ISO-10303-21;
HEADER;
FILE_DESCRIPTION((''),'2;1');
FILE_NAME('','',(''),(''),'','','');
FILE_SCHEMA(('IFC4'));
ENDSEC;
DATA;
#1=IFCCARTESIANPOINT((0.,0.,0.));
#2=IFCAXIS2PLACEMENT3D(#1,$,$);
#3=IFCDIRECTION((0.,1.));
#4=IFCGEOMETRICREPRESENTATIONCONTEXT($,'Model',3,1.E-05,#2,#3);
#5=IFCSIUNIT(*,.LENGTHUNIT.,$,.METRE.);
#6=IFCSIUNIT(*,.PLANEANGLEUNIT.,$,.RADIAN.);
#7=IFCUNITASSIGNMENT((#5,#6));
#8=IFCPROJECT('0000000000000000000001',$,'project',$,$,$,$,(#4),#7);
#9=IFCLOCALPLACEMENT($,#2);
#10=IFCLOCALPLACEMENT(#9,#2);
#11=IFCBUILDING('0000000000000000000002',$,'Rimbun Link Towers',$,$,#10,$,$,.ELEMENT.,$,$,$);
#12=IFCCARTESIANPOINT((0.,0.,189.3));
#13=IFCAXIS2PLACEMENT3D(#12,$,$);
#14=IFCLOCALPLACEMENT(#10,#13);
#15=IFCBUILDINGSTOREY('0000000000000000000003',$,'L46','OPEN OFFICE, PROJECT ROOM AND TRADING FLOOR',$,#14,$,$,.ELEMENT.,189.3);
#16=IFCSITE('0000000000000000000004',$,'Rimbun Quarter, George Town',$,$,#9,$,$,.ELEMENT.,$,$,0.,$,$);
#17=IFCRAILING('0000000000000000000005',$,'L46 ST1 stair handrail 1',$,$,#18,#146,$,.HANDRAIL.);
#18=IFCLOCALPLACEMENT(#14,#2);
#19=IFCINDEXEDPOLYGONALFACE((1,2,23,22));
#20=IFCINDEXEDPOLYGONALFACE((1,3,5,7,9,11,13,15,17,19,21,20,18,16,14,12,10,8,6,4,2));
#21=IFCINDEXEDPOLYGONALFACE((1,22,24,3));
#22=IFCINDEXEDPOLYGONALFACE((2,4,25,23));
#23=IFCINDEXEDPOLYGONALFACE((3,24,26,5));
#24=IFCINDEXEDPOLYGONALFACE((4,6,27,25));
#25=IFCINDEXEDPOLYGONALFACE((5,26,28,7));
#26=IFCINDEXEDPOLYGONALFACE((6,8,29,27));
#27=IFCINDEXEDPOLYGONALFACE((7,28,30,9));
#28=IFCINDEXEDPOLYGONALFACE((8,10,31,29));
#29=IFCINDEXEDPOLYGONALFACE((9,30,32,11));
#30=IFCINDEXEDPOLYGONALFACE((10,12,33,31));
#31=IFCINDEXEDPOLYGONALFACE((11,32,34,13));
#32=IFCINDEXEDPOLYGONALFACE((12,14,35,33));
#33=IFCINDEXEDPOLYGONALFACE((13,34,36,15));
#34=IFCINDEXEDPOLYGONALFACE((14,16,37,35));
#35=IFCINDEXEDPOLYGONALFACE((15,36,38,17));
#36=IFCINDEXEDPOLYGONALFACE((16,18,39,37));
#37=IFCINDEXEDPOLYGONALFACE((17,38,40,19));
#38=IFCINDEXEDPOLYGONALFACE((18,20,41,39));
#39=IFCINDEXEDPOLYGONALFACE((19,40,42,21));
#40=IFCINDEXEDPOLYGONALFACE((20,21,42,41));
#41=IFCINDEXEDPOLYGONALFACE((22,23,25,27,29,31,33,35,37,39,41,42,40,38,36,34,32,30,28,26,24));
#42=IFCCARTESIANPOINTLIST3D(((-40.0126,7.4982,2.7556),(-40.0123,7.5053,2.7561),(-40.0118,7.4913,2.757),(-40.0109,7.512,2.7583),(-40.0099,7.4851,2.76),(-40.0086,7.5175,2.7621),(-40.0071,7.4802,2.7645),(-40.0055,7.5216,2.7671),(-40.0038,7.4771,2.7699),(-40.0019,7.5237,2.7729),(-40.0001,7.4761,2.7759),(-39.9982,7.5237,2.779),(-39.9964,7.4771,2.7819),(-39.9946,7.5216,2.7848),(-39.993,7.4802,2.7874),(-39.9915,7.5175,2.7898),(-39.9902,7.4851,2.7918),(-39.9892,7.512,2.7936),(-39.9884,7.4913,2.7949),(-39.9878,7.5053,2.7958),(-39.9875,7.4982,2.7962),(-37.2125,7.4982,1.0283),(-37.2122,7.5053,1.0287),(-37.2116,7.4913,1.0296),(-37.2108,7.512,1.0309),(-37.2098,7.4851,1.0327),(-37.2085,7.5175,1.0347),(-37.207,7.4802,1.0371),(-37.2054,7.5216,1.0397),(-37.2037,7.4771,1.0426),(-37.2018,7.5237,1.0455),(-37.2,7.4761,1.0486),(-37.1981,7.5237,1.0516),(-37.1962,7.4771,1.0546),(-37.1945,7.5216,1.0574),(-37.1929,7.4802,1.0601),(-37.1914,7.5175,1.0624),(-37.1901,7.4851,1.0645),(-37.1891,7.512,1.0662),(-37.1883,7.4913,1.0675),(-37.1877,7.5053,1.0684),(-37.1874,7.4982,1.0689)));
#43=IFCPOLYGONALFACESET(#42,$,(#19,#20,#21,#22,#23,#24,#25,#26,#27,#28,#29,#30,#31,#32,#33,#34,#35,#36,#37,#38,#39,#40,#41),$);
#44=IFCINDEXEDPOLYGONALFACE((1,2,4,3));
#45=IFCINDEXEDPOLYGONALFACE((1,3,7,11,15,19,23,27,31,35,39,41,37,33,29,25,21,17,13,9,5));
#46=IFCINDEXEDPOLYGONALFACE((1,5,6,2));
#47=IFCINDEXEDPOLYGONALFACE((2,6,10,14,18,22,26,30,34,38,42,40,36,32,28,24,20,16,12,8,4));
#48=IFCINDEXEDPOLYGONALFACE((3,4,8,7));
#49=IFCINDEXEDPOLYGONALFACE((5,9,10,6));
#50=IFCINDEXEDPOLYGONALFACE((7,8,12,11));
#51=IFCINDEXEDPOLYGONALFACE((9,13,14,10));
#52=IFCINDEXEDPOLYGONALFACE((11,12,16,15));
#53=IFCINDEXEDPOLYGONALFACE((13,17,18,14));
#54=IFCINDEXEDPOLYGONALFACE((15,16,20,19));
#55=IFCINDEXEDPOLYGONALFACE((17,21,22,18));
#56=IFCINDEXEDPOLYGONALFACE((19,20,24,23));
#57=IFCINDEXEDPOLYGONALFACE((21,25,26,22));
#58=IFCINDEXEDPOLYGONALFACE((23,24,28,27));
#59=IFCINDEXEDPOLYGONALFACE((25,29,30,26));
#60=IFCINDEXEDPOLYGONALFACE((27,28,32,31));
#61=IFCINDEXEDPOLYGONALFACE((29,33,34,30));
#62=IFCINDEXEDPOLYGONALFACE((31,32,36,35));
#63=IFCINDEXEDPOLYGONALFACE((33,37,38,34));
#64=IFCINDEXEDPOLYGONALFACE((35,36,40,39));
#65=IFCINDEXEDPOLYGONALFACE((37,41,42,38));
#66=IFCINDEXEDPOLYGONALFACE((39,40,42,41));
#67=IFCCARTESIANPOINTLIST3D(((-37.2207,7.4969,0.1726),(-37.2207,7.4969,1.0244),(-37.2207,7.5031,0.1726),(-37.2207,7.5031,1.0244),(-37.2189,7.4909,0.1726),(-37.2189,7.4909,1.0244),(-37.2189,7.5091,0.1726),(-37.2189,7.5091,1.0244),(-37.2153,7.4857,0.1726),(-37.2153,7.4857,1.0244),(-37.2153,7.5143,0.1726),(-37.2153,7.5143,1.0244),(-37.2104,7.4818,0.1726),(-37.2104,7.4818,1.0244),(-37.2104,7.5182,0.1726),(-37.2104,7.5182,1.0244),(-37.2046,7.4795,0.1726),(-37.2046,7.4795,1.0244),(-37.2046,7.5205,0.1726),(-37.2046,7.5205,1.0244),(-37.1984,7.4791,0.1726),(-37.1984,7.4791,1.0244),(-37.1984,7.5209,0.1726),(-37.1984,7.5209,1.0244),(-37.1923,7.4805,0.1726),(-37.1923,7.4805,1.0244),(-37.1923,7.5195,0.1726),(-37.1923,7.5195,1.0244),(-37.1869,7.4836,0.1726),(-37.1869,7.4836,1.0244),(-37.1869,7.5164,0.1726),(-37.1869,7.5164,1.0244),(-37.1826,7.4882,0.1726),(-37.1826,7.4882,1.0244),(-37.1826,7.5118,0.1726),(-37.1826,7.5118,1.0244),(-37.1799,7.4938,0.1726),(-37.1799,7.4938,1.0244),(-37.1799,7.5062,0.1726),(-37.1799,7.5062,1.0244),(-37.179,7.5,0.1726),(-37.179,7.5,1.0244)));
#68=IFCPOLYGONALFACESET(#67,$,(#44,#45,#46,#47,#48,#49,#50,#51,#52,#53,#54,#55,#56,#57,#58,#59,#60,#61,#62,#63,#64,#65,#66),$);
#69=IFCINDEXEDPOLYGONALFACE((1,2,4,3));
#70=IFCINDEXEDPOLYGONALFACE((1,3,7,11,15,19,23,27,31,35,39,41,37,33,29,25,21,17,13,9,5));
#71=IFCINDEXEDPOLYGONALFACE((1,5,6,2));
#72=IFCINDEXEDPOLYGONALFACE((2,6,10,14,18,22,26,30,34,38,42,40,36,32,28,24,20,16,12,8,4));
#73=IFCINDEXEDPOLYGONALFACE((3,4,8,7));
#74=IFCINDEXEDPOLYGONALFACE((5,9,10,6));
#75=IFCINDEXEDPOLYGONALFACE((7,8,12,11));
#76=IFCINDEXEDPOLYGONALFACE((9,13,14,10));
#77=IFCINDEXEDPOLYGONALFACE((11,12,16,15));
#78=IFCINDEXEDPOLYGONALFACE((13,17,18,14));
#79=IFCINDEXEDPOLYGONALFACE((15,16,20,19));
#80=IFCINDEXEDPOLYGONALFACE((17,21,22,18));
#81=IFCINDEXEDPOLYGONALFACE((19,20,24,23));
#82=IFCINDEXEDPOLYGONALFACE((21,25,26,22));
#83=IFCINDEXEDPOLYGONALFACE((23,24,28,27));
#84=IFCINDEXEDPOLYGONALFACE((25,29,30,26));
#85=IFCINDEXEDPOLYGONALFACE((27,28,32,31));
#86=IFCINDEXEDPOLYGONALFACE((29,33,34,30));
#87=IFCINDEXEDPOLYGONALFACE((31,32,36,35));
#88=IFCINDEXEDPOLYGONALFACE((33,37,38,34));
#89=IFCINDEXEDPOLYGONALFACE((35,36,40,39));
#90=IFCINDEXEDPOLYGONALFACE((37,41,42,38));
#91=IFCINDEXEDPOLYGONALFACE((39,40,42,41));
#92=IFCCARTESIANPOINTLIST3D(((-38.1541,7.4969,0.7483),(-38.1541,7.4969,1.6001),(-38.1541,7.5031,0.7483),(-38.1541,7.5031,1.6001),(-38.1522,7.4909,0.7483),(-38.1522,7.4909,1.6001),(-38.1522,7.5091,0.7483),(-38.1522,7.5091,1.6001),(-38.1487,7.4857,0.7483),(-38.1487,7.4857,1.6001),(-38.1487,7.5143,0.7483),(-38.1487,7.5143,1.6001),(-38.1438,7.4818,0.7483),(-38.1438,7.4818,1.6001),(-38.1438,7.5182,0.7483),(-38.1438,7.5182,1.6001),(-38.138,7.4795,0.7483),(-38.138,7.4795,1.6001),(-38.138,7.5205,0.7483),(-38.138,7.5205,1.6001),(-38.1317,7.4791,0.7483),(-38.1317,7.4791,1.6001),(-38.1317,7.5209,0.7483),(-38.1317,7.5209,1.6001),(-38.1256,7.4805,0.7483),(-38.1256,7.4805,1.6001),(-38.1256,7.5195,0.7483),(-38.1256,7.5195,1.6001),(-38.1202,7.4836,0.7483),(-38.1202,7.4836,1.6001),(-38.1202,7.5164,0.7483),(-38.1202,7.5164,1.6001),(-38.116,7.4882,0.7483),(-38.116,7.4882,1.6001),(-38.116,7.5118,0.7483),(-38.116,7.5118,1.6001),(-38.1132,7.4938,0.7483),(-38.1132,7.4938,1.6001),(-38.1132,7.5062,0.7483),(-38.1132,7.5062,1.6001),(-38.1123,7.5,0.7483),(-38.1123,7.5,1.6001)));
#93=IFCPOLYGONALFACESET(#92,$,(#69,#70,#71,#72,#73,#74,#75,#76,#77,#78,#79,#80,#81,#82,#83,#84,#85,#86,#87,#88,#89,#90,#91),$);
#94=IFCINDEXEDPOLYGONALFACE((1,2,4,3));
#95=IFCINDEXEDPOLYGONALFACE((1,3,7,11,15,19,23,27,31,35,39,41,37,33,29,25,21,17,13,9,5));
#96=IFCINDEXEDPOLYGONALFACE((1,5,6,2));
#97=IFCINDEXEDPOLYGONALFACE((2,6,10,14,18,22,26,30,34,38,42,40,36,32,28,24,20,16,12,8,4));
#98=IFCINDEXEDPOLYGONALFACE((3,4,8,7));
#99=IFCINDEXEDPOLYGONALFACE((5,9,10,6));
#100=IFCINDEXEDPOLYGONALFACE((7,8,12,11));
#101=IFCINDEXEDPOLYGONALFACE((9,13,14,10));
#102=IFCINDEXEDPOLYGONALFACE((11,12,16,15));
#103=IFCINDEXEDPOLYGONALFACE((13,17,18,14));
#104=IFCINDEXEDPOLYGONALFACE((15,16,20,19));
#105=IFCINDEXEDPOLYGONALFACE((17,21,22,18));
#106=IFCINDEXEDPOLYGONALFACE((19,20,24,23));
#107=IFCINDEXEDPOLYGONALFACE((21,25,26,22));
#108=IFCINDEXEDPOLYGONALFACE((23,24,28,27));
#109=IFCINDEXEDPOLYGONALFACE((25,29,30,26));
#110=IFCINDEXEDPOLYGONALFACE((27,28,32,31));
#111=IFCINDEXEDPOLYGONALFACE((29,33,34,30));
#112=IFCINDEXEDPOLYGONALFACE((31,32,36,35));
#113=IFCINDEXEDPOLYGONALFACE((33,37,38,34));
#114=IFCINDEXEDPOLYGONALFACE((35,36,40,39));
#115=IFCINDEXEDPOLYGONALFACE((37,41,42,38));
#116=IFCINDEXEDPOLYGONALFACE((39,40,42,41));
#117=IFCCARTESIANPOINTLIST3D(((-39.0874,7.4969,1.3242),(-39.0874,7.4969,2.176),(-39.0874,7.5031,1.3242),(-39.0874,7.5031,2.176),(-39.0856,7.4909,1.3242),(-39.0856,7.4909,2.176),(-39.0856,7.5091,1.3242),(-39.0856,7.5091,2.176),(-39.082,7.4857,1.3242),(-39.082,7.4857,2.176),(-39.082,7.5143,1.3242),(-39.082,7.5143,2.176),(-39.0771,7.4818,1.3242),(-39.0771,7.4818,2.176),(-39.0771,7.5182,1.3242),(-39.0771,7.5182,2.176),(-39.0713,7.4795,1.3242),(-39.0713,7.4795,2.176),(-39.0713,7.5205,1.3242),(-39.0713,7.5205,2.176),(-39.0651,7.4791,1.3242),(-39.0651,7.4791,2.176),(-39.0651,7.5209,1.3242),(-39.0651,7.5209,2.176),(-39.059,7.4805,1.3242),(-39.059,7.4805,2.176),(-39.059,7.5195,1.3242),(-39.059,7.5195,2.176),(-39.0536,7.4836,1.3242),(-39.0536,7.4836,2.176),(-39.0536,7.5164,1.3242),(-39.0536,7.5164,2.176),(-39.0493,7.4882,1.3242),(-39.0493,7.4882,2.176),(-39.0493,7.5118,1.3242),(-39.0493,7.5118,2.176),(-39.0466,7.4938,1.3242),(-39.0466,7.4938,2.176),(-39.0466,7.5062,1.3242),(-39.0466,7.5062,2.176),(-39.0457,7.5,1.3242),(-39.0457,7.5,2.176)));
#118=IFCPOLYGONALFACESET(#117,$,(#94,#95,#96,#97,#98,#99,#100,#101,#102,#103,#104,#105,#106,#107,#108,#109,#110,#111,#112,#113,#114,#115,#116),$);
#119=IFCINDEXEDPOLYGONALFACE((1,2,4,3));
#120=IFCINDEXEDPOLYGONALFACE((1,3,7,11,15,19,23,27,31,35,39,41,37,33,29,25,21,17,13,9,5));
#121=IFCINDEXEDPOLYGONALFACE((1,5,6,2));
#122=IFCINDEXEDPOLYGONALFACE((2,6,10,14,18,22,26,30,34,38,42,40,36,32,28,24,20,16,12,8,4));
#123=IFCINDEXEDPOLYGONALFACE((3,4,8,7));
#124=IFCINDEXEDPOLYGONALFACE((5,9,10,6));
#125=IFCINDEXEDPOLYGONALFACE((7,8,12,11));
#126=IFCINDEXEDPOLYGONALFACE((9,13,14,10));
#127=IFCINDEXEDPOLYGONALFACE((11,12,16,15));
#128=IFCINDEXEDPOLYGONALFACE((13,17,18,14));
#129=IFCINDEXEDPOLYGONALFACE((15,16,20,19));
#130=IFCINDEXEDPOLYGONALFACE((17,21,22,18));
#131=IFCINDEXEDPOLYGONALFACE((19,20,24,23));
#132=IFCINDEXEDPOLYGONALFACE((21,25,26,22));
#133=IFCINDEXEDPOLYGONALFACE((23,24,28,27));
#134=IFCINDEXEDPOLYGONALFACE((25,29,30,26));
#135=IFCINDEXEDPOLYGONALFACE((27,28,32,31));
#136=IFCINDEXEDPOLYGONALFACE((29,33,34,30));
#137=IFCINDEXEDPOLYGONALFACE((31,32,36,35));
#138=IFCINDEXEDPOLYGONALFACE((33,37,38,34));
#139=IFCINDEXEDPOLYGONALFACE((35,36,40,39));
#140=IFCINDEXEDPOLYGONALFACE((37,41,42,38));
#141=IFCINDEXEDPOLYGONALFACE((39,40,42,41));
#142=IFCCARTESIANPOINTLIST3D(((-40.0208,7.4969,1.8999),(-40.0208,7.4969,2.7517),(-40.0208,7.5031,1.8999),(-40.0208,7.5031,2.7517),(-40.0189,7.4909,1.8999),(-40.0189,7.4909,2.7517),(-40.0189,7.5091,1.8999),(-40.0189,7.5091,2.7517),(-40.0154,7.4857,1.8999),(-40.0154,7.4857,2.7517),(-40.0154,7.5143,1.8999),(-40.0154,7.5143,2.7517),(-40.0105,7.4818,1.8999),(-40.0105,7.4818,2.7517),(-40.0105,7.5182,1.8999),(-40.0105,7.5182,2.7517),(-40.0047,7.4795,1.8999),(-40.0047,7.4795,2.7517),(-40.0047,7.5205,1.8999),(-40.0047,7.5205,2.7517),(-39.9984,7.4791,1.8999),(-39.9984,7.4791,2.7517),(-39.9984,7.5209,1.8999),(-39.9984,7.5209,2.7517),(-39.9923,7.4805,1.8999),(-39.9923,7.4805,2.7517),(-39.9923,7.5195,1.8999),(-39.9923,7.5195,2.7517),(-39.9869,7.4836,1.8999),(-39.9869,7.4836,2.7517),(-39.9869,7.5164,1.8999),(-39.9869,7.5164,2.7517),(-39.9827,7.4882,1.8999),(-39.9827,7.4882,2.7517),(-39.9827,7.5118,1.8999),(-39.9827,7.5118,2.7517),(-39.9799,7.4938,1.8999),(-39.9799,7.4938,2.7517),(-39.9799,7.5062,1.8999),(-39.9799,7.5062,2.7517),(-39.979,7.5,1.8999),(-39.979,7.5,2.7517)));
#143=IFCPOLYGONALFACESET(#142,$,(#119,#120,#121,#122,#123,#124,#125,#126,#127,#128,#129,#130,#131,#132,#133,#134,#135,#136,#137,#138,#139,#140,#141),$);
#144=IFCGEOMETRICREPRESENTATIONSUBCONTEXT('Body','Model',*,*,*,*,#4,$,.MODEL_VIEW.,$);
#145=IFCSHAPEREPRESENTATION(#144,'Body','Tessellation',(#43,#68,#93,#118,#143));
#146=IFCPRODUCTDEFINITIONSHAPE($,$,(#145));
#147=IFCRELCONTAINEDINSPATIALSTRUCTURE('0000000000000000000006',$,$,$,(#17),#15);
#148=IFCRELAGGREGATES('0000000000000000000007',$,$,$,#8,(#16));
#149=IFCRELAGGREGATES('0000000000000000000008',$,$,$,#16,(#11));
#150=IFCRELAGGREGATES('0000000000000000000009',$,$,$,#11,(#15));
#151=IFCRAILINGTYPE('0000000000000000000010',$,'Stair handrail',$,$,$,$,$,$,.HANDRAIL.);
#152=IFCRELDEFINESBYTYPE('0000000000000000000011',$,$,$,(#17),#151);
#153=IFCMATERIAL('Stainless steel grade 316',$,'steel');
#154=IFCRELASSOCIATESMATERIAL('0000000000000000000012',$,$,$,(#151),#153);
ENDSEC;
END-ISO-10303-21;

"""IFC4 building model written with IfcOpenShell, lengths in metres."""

from ifc_helpers import new_model, si_unit, direction, frame, origin, origin_2d, place, context, subcontext, project, spatial, circle, extrude, material, type_object, element, save


model = new_model("IFC4")

# Units and contexts
model_context = context("Model", 3, precision=1e-05, world=origin(), true_north=direction((0.0, 1.0)))
body_context = subcontext(model_context, "Body", "Model", "MODEL_VIEW")
ifc_project = project(units=[si_unit("LENGTHUNIT", "METRE"), si_unit("PLANEANGLEUNIT", "RADIAN")], contexts=[model_context])

# Site, building, storey
site_placement = place(None, origin())
site = spatial("IfcSite", under=ifc_project, at=site_placement, Name="Rimbun Quarter, George Town", CompositionType="ELEMENT", RefElevation=0.0)
building_placement = place(site_placement, origin())
building = spatial("IfcBuilding", under=site, at=building_placement, Name="Rimbun Link Towers", CompositionType="ELEMENT")
storey_placement = place(building_placement, frame((0.0, 0.0, 189.3)))
storey = spatial("IfcBuildingStorey", under=building, at=storey_placement, Name="L46", Description="OPEN OFFICE, PROJECT ROOM AND TRADING FLOOR", CompositionType="ELEMENT", Elevation=189.3)

# Railing
ifc_material_1 = material(Name="Stainless steel grade 316", Category="steel")
railing_type_1 = type_object("IfcRailingType", Name="Stair handrail", PredefinedType="HANDRAIL", material=ifc_material_1)
railing_1_placement = place(storey_placement, frame((-37.2, 7.5, 0.1726)))
element("IfcRailing", 1, at=railing_1_placement, inside=storey, type_object=railing_type_1, Name="L46 ST1 stair handrail 1", PredefinedType="HANDRAIL", context=body_context, shape_type="SweptSolid", body=[
    extrude(circle(Radius=0.0239, at=origin_2d()), frame((0.0, 0.0, 0.876), z_axis=(-0.85109, 0.0, 0.52502), x_axis=(0.0, -1.0, 0.0)), (0.0, 0.0, 1.0), 3.29),
    extrude(circle(Radius=0.021, at=origin_2d()), origin(), (0.0, 0.0, 1.0), 0.8518),
    extrude(circle(Radius=0.021, at=origin_2d()), frame((-0.9333, 0.0, 0.5757)), (0.0, 0.0, 1.0), 0.8518),
    extrude(circle(Radius=0.021, at=origin_2d()), frame((-1.8667, 0.0, 1.1516)), (0.0, 0.0, 1.0), 0.8518),
    extrude(circle(Radius=0.021, at=origin_2d()), frame((-2.8, 0.0, 1.7273)), (0.0, 0.0, 1.0), 0.8518),
])

save(model, "model.ifc")
